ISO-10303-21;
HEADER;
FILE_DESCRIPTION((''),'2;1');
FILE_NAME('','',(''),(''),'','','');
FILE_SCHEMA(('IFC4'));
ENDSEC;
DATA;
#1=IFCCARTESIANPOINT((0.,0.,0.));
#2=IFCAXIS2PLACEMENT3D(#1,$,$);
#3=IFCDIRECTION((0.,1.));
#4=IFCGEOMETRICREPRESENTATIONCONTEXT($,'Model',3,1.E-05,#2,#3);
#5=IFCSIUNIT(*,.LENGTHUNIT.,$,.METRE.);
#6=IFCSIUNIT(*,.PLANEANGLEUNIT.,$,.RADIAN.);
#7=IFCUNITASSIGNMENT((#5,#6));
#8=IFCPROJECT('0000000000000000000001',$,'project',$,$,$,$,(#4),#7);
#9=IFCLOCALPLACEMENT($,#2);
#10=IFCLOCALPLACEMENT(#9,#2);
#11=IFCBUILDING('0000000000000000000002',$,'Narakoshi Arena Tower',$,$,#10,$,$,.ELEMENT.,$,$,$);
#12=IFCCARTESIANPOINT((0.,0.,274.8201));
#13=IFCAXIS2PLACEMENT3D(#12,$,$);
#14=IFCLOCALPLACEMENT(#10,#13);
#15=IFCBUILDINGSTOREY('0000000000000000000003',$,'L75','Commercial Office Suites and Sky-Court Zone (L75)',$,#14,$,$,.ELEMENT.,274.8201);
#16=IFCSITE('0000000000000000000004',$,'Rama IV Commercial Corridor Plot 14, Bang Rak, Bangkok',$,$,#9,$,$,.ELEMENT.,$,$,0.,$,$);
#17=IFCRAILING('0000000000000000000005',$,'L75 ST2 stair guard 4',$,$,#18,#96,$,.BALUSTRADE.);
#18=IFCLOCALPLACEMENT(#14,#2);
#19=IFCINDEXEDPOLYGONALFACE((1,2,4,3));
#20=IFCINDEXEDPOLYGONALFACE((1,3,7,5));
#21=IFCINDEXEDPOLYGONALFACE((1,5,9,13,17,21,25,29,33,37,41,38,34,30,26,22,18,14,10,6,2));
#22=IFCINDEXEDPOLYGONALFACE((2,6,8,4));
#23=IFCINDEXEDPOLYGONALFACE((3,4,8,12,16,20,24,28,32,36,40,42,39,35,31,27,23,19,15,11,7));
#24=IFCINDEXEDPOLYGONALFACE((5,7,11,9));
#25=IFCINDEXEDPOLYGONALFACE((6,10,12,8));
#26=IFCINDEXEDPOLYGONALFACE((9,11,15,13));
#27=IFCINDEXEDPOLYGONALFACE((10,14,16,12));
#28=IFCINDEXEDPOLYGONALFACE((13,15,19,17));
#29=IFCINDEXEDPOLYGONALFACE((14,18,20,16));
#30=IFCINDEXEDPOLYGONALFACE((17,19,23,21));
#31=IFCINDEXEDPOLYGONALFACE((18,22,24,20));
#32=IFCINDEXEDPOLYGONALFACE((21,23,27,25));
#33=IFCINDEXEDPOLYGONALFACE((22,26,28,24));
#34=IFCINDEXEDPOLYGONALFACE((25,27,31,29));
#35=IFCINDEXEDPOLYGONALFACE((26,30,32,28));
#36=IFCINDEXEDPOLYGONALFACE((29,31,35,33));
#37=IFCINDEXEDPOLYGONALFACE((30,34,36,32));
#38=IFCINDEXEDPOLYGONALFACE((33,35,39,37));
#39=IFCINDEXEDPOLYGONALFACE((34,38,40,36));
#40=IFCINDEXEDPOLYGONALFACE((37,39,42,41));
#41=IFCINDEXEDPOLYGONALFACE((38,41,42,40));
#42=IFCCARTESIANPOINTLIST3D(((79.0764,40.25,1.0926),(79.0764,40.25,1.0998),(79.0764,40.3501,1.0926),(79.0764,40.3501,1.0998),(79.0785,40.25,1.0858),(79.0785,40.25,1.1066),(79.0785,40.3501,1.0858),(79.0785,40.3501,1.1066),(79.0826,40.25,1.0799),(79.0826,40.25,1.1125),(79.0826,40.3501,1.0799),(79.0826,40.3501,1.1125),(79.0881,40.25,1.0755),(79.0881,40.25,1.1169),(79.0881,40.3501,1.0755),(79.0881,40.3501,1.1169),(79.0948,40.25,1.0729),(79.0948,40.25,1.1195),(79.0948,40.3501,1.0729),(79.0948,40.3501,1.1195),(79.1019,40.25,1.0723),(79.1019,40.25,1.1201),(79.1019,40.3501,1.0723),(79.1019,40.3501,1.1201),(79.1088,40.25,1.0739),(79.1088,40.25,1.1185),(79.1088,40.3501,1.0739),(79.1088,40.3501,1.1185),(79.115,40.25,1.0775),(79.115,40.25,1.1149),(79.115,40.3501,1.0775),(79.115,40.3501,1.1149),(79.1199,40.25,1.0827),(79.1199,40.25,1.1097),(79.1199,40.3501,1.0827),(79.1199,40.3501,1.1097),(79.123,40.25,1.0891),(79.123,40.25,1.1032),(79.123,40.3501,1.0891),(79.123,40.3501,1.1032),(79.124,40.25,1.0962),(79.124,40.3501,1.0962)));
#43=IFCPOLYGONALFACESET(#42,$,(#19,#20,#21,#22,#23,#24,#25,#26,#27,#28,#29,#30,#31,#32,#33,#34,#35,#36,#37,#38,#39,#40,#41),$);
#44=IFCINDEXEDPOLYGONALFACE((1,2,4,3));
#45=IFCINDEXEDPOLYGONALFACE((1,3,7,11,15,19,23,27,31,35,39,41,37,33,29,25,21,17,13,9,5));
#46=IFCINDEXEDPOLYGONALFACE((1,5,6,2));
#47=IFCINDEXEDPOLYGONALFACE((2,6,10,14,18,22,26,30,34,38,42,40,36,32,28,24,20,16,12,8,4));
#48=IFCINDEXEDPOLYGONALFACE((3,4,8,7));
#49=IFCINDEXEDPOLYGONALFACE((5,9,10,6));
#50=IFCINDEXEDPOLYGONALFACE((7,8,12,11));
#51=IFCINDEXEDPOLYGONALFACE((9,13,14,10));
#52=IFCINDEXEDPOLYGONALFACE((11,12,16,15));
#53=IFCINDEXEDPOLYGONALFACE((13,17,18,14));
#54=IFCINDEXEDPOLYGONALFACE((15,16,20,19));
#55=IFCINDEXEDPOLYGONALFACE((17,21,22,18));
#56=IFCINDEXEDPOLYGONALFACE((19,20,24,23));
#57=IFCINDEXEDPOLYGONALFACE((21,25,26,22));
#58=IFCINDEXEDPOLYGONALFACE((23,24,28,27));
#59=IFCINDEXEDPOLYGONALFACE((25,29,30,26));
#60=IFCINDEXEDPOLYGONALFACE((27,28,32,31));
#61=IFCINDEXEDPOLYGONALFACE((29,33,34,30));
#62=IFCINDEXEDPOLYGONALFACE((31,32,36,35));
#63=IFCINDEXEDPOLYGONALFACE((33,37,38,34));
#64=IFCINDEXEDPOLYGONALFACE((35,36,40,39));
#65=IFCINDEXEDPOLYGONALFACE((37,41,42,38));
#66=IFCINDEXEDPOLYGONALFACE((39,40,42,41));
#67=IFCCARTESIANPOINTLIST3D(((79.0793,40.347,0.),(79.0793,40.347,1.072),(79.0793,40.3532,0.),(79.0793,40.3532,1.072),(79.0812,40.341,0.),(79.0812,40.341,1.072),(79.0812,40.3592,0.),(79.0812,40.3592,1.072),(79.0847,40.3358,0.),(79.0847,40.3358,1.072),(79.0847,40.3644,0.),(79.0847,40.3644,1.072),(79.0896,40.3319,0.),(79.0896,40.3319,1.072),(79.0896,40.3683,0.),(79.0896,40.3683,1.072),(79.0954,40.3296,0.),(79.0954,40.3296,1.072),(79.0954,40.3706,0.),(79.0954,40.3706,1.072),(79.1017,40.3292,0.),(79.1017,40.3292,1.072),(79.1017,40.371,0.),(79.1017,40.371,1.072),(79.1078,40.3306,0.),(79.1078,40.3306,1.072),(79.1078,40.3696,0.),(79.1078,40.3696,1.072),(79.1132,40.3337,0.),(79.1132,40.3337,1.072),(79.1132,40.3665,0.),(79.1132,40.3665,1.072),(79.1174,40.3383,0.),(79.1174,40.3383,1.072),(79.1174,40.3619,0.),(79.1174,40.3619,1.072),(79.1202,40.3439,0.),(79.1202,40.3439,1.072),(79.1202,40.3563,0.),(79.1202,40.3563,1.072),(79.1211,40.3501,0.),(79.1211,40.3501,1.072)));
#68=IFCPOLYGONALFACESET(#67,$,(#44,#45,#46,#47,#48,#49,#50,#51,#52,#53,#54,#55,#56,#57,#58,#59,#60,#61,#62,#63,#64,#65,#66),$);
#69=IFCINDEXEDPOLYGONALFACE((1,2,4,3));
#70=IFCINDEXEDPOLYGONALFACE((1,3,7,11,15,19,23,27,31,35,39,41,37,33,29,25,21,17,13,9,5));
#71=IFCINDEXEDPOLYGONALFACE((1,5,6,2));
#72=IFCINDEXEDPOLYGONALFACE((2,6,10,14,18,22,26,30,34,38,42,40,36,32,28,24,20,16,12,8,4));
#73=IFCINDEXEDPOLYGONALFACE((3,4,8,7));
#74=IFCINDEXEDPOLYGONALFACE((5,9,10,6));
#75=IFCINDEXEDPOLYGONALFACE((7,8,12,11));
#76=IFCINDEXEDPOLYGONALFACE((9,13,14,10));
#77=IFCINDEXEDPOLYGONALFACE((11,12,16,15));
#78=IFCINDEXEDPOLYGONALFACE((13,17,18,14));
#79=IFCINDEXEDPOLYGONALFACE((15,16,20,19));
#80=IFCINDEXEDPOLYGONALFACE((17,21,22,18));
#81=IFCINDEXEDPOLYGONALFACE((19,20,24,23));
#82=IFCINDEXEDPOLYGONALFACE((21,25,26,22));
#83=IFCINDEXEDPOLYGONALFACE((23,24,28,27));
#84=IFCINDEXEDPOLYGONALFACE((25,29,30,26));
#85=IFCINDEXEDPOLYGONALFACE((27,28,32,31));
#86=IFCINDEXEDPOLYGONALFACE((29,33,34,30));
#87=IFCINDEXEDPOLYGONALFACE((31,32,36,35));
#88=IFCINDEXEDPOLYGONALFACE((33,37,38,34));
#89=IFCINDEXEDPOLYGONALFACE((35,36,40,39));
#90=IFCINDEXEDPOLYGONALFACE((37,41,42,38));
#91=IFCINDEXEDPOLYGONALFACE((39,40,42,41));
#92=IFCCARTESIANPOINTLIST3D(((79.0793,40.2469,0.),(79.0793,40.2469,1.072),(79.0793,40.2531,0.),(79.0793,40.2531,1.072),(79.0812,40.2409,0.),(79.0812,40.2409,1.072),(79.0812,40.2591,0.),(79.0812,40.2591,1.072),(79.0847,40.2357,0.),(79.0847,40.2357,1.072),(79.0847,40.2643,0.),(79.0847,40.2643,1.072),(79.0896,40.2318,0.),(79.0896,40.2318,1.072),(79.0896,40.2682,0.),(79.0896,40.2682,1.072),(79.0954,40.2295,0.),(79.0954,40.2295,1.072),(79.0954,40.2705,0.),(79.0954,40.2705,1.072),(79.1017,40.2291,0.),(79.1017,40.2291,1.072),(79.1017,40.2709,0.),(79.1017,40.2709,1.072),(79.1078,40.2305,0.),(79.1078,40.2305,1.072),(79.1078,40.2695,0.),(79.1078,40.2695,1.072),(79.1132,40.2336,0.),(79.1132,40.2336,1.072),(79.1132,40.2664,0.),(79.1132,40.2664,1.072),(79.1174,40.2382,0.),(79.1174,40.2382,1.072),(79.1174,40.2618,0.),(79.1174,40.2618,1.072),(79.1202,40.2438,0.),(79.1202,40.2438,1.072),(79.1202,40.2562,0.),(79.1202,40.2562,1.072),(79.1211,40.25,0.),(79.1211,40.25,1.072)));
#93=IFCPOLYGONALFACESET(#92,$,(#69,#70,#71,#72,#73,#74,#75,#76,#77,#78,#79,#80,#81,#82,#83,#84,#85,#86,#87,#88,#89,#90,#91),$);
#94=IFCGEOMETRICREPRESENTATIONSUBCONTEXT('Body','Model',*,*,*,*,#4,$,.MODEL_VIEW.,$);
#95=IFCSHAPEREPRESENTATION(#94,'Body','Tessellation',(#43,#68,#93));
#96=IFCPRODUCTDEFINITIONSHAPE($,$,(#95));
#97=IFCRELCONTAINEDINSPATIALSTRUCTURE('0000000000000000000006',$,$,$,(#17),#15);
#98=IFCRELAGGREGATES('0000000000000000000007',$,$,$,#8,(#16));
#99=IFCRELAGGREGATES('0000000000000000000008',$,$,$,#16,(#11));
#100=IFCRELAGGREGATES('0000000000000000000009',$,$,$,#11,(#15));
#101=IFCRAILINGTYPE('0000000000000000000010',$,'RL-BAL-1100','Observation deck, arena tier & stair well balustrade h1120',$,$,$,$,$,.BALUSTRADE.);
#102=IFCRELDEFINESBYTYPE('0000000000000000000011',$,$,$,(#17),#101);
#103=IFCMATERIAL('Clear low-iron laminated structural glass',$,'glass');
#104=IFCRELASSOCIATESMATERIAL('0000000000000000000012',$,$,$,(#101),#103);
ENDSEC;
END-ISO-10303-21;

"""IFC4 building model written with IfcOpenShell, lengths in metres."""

from ifc_helpers import new_model, si_unit, direction, frame, origin, origin_2d, place, context, subcontext, project, spatial, circle, extrude, material, type_object, element, save


model = new_model("IFC4")

# Units and contexts
model_context = context("Model", 3, precision=1e-05, world=origin(), true_north=direction((0.0, 1.0)))
body_context = subcontext(model_context, "Body", "Model", "MODEL_VIEW")
ifc_project = project(units=[si_unit("LENGTHUNIT", "METRE"), si_unit("PLANEANGLEUNIT", "RADIAN")], contexts=[model_context])

# Site, building, storey
site_placement = place(None, origin())
site = spatial("IfcSite", under=ifc_project, at=site_placement, Name="Rama IV Commercial Corridor Plot 14, Bang Rak, Bangkok", CompositionType="ELEMENT", RefElevation=0.0)
building_placement = place(site_placement, origin())
building = spatial("IfcBuilding", under=site, at=building_placement, Name="Narakoshi Arena Tower", CompositionType="ELEMENT")
storey_placement = place(building_placement, frame((0.0, 0.0, 274.8201)))
storey = spatial("IfcBuildingStorey", under=building, at=storey_placement, Name="L75", Description="Commercial Office Suites and Sky-Court Zone (L75)", CompositionType="ELEMENT", Elevation=274.8201)

# Railing
ifc_material_1 = material(Name="Clear low-iron laminated structural glass", Category="glass")
railing_type_1 = type_object("IfcRailingType", Name="RL-BAL-1100", Description="Observation deck, arena tier & stair well balustrade h1120", PredefinedType="BALUSTRADE", material=ifc_material_1)
railing_1_placement = place(storey_placement, frame((79.1001, 40.3501, 0.0)))
element("IfcRailing", 1, at=railing_1_placement, inside=storey, type_object=railing_type_1, Name="L75 ST2 stair guard 4", PredefinedType="BALUSTRADE", context=body_context, shape_type="SweptSolid", body=[
    extrude(circle(Radius=0.0239, at=origin_2d()), frame((0.0, 0.0, 1.0962), z_axis=(0.0, -1.0, 0.0), x_axis=(1.0, 0.0, 0.0)), (0.0, 0.0, 1.0), 0.1001),
    extrude(circle(Radius=0.021, at=origin_2d()), origin(), (0.0, 0.0, 1.0), 1.072),
    extrude(circle(Radius=0.021, at=origin_2d()), frame((0.0, -0.1001, 0.0)), (0.0, 0.0, 1.0), 1.072),
])

save(model, "model.ifc")
